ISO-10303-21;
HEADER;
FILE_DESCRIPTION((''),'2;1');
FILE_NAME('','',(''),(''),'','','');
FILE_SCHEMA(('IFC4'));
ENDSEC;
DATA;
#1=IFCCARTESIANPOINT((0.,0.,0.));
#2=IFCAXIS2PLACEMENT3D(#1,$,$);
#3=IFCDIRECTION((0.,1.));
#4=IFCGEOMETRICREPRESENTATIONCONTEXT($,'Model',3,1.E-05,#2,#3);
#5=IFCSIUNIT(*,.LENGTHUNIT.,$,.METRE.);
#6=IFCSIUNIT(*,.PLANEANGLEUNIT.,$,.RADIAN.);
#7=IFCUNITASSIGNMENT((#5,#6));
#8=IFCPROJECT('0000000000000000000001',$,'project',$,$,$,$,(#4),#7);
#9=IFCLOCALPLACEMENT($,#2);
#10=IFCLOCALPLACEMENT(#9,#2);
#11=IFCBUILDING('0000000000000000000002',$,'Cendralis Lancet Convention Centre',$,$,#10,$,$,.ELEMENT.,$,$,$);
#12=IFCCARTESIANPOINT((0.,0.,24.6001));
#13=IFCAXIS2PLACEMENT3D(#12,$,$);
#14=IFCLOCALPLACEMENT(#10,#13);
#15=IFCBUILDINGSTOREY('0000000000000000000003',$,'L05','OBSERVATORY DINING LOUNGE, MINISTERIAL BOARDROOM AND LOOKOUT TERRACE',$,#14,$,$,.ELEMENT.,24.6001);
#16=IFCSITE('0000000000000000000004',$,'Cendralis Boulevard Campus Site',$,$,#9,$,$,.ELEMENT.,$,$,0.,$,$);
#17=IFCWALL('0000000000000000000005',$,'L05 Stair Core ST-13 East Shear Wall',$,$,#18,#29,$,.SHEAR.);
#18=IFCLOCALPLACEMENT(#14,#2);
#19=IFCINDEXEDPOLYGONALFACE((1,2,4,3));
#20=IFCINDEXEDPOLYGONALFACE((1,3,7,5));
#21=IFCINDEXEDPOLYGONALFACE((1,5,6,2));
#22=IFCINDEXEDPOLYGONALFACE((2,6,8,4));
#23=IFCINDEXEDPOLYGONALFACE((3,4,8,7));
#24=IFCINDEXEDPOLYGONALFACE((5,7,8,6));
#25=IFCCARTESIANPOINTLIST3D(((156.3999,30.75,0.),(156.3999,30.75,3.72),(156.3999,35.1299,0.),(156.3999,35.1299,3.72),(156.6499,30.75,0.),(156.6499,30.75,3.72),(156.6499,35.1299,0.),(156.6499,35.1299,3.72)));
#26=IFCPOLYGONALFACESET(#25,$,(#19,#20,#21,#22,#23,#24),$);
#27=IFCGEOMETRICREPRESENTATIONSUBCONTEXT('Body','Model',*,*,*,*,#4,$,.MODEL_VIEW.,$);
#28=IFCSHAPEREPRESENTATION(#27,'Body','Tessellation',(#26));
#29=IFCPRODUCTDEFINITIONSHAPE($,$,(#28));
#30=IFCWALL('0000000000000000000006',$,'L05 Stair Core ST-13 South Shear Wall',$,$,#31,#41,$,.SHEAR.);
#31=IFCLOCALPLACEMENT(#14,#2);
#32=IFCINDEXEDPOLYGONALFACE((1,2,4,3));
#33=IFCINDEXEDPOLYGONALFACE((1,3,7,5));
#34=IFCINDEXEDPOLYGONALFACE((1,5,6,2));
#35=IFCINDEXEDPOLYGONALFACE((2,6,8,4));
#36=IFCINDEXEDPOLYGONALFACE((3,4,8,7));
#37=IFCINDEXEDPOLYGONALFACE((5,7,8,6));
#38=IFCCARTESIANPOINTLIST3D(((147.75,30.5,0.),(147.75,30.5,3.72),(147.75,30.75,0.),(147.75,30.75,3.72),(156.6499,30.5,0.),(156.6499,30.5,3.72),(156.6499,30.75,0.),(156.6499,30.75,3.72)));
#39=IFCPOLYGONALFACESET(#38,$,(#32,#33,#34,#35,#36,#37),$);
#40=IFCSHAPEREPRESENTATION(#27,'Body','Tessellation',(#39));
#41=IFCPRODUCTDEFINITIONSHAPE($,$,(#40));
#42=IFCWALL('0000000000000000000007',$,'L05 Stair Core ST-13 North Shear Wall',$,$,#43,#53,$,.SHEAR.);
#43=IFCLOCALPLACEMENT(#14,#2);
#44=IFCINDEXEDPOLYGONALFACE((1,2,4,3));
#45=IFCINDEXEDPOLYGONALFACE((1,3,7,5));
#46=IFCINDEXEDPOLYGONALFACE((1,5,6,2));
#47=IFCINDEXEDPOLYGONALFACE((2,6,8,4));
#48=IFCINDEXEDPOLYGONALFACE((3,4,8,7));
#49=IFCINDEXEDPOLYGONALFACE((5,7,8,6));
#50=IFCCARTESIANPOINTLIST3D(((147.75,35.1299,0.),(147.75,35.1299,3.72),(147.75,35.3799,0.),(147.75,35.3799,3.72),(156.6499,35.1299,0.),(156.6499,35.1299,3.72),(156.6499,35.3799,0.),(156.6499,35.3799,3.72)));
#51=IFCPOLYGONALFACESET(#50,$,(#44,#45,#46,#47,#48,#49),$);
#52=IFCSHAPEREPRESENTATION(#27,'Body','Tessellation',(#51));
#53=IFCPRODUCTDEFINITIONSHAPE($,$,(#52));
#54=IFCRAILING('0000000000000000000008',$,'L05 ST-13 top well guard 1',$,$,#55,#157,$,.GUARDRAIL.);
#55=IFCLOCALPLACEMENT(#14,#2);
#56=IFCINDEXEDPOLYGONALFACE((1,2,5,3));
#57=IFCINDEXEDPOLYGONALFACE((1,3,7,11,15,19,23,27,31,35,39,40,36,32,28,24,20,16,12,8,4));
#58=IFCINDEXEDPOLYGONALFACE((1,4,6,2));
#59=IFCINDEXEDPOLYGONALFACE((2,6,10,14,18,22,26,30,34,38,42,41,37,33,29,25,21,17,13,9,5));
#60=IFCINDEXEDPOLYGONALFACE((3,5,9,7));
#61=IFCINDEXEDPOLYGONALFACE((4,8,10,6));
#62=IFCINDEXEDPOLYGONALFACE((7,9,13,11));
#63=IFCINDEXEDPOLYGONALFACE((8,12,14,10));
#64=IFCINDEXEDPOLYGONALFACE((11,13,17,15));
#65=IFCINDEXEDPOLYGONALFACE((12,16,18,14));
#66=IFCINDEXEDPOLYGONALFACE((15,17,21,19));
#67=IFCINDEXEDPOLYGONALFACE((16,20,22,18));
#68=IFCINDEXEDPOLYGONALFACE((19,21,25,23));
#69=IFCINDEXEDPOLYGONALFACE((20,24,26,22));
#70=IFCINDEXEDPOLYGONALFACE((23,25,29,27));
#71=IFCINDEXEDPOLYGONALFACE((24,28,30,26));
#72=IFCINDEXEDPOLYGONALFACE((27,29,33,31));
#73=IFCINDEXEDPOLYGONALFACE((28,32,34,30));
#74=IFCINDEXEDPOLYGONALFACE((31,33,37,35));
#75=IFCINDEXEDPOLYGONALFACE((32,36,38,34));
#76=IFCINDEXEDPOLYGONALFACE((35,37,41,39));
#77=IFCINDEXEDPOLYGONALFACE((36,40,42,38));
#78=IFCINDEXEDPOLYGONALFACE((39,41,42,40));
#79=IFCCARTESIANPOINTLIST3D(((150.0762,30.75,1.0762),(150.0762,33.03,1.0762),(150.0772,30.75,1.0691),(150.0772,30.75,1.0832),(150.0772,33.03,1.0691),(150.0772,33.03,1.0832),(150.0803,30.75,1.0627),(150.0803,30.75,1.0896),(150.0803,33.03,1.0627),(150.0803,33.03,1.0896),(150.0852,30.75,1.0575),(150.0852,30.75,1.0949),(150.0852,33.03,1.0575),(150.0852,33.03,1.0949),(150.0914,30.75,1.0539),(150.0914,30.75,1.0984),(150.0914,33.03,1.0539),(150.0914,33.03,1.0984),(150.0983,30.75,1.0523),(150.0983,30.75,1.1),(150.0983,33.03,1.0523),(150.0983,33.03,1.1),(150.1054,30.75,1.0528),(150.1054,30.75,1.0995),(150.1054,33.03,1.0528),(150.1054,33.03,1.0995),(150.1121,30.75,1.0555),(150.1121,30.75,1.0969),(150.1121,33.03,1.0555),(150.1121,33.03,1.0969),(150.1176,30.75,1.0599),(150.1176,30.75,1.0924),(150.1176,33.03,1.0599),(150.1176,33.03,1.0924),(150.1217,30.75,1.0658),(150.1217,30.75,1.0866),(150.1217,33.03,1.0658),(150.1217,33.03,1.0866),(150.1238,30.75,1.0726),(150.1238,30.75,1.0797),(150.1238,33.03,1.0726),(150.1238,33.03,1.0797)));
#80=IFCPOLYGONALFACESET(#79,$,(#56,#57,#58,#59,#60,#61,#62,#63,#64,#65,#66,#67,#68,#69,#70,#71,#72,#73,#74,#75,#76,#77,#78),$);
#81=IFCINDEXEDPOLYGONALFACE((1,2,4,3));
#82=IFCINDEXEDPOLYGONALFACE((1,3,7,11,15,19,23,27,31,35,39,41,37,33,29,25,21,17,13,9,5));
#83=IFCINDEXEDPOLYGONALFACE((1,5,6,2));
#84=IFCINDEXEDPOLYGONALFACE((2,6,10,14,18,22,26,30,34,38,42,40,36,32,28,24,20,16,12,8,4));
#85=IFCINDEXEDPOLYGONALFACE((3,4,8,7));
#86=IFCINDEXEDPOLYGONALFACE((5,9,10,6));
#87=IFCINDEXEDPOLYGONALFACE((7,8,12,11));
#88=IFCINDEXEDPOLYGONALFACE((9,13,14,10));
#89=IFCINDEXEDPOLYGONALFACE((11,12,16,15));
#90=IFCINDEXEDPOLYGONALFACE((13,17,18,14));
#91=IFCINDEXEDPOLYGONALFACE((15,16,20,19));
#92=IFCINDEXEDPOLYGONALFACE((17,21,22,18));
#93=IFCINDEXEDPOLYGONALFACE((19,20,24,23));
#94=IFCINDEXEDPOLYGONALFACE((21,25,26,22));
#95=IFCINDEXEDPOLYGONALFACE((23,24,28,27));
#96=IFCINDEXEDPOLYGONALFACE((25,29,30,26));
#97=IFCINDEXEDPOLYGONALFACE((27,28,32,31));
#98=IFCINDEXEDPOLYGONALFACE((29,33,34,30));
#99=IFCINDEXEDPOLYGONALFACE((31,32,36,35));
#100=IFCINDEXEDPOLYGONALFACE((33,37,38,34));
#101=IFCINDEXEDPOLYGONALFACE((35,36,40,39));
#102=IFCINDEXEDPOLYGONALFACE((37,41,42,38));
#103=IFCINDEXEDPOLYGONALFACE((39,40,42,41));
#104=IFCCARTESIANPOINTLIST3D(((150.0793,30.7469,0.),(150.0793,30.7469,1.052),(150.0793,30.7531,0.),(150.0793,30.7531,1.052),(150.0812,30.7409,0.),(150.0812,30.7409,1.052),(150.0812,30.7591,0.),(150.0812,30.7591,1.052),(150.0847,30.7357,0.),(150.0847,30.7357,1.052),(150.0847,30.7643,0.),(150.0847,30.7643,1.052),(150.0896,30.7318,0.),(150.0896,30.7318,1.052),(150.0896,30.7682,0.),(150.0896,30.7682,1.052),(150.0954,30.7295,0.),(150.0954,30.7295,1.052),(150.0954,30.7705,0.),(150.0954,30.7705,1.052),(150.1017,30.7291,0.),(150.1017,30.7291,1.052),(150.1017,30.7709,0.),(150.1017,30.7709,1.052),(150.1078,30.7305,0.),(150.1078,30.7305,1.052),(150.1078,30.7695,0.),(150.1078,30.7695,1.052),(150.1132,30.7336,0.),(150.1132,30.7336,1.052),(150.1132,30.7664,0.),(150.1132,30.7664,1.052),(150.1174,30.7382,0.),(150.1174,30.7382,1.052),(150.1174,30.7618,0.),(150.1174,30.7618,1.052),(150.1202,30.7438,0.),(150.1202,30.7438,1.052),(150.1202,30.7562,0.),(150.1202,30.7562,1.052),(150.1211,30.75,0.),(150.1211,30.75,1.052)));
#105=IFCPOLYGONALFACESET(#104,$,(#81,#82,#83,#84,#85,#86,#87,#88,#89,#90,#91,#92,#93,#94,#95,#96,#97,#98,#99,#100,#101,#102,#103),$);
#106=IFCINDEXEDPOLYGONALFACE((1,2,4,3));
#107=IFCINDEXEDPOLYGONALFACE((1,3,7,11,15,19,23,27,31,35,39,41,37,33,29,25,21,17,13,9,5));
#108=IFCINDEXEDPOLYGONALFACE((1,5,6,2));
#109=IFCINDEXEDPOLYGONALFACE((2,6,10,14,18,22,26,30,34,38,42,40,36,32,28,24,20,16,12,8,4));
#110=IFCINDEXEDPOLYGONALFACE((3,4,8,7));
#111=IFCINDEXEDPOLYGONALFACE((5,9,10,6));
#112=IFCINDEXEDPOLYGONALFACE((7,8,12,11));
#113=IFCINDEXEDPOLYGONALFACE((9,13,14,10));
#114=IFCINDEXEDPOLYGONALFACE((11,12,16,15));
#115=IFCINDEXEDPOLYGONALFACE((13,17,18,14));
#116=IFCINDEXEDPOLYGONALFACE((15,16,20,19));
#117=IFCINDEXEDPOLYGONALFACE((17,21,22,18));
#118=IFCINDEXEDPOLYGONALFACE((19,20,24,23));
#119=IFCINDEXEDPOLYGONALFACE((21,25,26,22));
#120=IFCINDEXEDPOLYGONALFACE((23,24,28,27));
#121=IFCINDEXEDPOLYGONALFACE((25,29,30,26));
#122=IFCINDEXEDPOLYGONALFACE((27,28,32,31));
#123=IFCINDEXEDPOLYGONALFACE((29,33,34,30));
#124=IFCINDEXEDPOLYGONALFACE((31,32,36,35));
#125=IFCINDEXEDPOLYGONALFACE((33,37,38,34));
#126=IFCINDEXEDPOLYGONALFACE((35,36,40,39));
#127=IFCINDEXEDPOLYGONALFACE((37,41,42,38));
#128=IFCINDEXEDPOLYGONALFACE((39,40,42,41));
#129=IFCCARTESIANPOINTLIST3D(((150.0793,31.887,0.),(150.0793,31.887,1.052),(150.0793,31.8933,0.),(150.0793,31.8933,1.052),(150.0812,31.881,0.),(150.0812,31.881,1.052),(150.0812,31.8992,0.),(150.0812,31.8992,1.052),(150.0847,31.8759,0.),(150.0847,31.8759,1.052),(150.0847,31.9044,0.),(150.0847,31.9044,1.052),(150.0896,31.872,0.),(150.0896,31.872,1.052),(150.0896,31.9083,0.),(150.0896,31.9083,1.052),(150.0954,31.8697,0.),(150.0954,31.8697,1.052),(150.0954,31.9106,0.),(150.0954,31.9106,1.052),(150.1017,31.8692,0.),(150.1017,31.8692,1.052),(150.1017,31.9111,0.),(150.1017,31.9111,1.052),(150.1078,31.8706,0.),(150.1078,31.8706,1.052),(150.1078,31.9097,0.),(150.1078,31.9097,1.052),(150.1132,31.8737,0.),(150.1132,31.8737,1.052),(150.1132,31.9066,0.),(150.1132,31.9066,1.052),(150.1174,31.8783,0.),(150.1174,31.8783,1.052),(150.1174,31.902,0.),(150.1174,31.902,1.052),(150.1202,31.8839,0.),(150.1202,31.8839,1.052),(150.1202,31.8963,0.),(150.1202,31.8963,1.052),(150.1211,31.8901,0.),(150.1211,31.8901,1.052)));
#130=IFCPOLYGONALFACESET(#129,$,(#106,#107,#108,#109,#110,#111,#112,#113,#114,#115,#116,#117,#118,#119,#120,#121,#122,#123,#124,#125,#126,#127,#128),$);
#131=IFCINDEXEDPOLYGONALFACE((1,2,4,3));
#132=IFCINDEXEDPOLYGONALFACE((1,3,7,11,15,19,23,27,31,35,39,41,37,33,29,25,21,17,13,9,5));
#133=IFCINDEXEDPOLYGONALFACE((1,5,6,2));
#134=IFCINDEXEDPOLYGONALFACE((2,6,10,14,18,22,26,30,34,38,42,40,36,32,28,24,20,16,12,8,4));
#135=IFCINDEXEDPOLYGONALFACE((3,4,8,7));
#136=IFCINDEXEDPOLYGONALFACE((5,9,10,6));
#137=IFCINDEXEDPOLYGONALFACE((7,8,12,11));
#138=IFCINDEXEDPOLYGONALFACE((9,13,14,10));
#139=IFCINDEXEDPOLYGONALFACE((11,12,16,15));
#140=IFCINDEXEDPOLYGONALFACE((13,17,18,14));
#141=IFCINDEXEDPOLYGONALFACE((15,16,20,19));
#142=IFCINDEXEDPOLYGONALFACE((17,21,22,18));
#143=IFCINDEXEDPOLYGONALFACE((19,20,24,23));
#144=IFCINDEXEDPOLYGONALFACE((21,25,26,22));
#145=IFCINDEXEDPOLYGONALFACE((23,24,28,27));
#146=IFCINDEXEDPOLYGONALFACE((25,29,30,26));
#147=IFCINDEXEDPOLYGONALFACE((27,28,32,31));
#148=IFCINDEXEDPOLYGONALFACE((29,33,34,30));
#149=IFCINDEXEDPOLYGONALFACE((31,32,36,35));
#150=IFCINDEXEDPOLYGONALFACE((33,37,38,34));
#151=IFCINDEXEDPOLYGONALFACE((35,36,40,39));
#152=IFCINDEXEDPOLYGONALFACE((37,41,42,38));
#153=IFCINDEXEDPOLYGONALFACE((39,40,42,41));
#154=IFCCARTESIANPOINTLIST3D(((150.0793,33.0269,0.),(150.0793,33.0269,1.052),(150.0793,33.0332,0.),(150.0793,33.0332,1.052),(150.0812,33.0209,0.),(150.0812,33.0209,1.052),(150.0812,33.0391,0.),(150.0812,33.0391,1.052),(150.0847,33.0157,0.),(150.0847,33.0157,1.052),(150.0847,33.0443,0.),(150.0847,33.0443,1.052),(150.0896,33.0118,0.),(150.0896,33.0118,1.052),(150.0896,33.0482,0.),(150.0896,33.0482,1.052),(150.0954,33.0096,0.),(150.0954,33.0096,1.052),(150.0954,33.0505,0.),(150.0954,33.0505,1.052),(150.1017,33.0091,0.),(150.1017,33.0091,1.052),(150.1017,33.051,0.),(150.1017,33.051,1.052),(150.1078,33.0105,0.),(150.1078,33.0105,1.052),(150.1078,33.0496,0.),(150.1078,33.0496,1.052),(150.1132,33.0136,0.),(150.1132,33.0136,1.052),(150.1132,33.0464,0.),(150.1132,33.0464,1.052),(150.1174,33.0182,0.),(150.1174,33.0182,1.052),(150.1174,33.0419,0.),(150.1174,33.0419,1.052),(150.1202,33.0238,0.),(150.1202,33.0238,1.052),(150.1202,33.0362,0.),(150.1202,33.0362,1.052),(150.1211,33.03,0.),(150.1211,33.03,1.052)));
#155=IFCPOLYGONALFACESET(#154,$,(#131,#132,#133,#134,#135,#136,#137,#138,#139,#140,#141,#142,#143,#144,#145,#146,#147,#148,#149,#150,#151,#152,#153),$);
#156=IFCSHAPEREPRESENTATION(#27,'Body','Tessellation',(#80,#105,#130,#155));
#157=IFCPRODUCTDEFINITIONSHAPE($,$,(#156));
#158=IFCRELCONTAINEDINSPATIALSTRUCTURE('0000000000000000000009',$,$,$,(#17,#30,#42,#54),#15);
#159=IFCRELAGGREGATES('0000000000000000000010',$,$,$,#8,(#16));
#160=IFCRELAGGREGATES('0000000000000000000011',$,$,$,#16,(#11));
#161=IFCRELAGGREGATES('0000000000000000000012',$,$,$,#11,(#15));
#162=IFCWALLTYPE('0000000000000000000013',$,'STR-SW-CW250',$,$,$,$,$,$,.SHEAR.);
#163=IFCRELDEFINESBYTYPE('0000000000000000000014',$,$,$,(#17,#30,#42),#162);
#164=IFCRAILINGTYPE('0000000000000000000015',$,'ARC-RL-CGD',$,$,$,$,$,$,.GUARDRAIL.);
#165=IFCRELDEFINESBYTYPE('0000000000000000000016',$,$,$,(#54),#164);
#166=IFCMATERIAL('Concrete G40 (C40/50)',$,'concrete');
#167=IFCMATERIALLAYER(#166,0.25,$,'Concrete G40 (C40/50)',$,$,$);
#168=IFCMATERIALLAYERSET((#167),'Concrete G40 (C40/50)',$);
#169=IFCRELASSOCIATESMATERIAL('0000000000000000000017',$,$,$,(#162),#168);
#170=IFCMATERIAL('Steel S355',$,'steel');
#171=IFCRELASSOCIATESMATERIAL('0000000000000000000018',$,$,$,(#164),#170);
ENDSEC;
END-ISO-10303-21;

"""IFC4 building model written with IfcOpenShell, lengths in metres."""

from ifc_helpers import new_model, si_unit, direction, frame, frame_2d, origin, origin_2d, place, context, subcontext, project, spatial, rectangle, circle, extrude, material, layer, layer_set, type_object, element, save


model = new_model("IFC4")

# Units and contexts
model_context = context("Model", 3, precision=1e-05, world=origin(), true_north=direction((0.0, 1.0)))
body_context = subcontext(model_context, "Body", "Model", "MODEL_VIEW")
ifc_project = project(units=[si_unit("LENGTHUNIT", "METRE"), si_unit("PLANEANGLEUNIT", "RADIAN")], contexts=[model_context])

# Site, building, storey
site_placement = place(None, origin())
site = spatial("IfcSite", under=ifc_project, at=site_placement, Name="Cendralis Boulevard Campus Site", CompositionType="ELEMENT", RefElevation=0.0)
building_placement = place(site_placement, origin())
building = spatial("IfcBuilding", under=site, at=building_placement, Name="Cendralis Lancet Convention Centre", CompositionType="ELEMENT")
storey_placement = place(building_placement, frame((0.0, 0.0, 24.6001)))
storey = spatial("IfcBuildingStorey", under=building, at=storey_placement, Name="L05", Description="OBSERVATORY DINING LOUNGE, MINISTERIAL BOARDROOM AND LOOKOUT TERRACE", CompositionType="ELEMENT", Elevation=24.6001)

# Shared definitions
ifc_material_1 = material(Name="Concrete G40 (C40/50)", Category="concrete")

# Shared definitions
ifc_material_2 = material(Name="Steel S355", Category="steel")

# Shared definitions
ifc_layer_1 = layer(ifc_material_1, 0.25, Name="Concrete G40 (C40/50)")
ifc_layer_set_1 = layer_set([ifc_layer_1], Name="Concrete G40 (C40/50)")
wall_type_1 = type_object("IfcWallType", Name="STR-SW-CW250", PredefinedType="SHEAR", material=ifc_layer_set_1)

# Walls
wall_1_placement = place(storey_placement, frame((156.5249, 30.75, 0.0), z_axis=(0.0, 0.0, 1.0), x_axis=(0.0, 1.0, 0.0)))
element("IfcWall", 1, at=wall_1_placement, inside=storey, type_object=wall_type_1, Name="L05 Stair Core ST-13 East Shear Wall", PredefinedType="SHEAR", context=body_context, shape_type="SweptSolid", body=[
    extrude(rectangle(XDim=4.3799, YDim=0.25, at=frame_2d((2.1899, 0.0))), origin(), (0.0, 0.0, 1.0), 3.72),
])
for number, where, z_axis, x_axis, name in (
    (2, (147.75, 30.625, 0.0), (0.0, 0.0, 1.0), (1.0, 0.0, 0.0), "L05 Stair Core ST-13 South Shear Wall"),
    (3, (147.75, 35.2549, 0.0), (0.0, 0.0, 1.0), (1.0, 0.0, 0.0), "L05 Stair Core ST-13 North Shear Wall"),
):
    element("IfcWall", number, at=place(storey_placement, frame(where, z_axis=z_axis, x_axis=x_axis)), inside=storey, type_object=wall_type_1, Name=name, PredefinedType="SHEAR", context=body_context, shape_type="SweptSolid", body=[
        extrude(rectangle(XDim=8.8999, YDim=0.25, at=frame_2d((4.45, 0.0))), origin(), (0.0, 0.0, 1.0), 3.72),
    ])

# Railing
railing_type = type_object("IfcRailingType", Name="ARC-RL-CGD", PredefinedType="GUARDRAIL", material=ifc_material_2)
railing_placement = place(storey_placement, frame((150.1001, 30.75, 0.0)))
element("IfcRailing", 4, at=railing_placement, inside=storey, type_object=railing_type, Name="L05 ST-13 top well guard 1", PredefinedType="GUARDRAIL", context=body_context, shape_type="SweptSolid", body=[
    extrude(circle(Radius=0.0239, at=origin_2d()), frame((0.0, 0.0, 1.0762), z_axis=(0.0, 1.0, 0.0), x_axis=(-1.0, 0.0, 0.0)), (0.0, 0.0, 1.0), 2.28),
    extrude(circle(Radius=0.021, at=origin_2d()), origin(), (0.0, 0.0, 1.0), 1.052),
    extrude(circle(Radius=0.021, at=origin_2d()), frame((0.0, 1.1401, 0.0)), (0.0, 0.0, 1.0), 1.052),
    extrude(circle(Radius=0.021, at=origin_2d()), frame((0.0, 2.28, 0.0)), (0.0, 0.0, 1.0), 1.052),
])

save(model, "model.ifc")
